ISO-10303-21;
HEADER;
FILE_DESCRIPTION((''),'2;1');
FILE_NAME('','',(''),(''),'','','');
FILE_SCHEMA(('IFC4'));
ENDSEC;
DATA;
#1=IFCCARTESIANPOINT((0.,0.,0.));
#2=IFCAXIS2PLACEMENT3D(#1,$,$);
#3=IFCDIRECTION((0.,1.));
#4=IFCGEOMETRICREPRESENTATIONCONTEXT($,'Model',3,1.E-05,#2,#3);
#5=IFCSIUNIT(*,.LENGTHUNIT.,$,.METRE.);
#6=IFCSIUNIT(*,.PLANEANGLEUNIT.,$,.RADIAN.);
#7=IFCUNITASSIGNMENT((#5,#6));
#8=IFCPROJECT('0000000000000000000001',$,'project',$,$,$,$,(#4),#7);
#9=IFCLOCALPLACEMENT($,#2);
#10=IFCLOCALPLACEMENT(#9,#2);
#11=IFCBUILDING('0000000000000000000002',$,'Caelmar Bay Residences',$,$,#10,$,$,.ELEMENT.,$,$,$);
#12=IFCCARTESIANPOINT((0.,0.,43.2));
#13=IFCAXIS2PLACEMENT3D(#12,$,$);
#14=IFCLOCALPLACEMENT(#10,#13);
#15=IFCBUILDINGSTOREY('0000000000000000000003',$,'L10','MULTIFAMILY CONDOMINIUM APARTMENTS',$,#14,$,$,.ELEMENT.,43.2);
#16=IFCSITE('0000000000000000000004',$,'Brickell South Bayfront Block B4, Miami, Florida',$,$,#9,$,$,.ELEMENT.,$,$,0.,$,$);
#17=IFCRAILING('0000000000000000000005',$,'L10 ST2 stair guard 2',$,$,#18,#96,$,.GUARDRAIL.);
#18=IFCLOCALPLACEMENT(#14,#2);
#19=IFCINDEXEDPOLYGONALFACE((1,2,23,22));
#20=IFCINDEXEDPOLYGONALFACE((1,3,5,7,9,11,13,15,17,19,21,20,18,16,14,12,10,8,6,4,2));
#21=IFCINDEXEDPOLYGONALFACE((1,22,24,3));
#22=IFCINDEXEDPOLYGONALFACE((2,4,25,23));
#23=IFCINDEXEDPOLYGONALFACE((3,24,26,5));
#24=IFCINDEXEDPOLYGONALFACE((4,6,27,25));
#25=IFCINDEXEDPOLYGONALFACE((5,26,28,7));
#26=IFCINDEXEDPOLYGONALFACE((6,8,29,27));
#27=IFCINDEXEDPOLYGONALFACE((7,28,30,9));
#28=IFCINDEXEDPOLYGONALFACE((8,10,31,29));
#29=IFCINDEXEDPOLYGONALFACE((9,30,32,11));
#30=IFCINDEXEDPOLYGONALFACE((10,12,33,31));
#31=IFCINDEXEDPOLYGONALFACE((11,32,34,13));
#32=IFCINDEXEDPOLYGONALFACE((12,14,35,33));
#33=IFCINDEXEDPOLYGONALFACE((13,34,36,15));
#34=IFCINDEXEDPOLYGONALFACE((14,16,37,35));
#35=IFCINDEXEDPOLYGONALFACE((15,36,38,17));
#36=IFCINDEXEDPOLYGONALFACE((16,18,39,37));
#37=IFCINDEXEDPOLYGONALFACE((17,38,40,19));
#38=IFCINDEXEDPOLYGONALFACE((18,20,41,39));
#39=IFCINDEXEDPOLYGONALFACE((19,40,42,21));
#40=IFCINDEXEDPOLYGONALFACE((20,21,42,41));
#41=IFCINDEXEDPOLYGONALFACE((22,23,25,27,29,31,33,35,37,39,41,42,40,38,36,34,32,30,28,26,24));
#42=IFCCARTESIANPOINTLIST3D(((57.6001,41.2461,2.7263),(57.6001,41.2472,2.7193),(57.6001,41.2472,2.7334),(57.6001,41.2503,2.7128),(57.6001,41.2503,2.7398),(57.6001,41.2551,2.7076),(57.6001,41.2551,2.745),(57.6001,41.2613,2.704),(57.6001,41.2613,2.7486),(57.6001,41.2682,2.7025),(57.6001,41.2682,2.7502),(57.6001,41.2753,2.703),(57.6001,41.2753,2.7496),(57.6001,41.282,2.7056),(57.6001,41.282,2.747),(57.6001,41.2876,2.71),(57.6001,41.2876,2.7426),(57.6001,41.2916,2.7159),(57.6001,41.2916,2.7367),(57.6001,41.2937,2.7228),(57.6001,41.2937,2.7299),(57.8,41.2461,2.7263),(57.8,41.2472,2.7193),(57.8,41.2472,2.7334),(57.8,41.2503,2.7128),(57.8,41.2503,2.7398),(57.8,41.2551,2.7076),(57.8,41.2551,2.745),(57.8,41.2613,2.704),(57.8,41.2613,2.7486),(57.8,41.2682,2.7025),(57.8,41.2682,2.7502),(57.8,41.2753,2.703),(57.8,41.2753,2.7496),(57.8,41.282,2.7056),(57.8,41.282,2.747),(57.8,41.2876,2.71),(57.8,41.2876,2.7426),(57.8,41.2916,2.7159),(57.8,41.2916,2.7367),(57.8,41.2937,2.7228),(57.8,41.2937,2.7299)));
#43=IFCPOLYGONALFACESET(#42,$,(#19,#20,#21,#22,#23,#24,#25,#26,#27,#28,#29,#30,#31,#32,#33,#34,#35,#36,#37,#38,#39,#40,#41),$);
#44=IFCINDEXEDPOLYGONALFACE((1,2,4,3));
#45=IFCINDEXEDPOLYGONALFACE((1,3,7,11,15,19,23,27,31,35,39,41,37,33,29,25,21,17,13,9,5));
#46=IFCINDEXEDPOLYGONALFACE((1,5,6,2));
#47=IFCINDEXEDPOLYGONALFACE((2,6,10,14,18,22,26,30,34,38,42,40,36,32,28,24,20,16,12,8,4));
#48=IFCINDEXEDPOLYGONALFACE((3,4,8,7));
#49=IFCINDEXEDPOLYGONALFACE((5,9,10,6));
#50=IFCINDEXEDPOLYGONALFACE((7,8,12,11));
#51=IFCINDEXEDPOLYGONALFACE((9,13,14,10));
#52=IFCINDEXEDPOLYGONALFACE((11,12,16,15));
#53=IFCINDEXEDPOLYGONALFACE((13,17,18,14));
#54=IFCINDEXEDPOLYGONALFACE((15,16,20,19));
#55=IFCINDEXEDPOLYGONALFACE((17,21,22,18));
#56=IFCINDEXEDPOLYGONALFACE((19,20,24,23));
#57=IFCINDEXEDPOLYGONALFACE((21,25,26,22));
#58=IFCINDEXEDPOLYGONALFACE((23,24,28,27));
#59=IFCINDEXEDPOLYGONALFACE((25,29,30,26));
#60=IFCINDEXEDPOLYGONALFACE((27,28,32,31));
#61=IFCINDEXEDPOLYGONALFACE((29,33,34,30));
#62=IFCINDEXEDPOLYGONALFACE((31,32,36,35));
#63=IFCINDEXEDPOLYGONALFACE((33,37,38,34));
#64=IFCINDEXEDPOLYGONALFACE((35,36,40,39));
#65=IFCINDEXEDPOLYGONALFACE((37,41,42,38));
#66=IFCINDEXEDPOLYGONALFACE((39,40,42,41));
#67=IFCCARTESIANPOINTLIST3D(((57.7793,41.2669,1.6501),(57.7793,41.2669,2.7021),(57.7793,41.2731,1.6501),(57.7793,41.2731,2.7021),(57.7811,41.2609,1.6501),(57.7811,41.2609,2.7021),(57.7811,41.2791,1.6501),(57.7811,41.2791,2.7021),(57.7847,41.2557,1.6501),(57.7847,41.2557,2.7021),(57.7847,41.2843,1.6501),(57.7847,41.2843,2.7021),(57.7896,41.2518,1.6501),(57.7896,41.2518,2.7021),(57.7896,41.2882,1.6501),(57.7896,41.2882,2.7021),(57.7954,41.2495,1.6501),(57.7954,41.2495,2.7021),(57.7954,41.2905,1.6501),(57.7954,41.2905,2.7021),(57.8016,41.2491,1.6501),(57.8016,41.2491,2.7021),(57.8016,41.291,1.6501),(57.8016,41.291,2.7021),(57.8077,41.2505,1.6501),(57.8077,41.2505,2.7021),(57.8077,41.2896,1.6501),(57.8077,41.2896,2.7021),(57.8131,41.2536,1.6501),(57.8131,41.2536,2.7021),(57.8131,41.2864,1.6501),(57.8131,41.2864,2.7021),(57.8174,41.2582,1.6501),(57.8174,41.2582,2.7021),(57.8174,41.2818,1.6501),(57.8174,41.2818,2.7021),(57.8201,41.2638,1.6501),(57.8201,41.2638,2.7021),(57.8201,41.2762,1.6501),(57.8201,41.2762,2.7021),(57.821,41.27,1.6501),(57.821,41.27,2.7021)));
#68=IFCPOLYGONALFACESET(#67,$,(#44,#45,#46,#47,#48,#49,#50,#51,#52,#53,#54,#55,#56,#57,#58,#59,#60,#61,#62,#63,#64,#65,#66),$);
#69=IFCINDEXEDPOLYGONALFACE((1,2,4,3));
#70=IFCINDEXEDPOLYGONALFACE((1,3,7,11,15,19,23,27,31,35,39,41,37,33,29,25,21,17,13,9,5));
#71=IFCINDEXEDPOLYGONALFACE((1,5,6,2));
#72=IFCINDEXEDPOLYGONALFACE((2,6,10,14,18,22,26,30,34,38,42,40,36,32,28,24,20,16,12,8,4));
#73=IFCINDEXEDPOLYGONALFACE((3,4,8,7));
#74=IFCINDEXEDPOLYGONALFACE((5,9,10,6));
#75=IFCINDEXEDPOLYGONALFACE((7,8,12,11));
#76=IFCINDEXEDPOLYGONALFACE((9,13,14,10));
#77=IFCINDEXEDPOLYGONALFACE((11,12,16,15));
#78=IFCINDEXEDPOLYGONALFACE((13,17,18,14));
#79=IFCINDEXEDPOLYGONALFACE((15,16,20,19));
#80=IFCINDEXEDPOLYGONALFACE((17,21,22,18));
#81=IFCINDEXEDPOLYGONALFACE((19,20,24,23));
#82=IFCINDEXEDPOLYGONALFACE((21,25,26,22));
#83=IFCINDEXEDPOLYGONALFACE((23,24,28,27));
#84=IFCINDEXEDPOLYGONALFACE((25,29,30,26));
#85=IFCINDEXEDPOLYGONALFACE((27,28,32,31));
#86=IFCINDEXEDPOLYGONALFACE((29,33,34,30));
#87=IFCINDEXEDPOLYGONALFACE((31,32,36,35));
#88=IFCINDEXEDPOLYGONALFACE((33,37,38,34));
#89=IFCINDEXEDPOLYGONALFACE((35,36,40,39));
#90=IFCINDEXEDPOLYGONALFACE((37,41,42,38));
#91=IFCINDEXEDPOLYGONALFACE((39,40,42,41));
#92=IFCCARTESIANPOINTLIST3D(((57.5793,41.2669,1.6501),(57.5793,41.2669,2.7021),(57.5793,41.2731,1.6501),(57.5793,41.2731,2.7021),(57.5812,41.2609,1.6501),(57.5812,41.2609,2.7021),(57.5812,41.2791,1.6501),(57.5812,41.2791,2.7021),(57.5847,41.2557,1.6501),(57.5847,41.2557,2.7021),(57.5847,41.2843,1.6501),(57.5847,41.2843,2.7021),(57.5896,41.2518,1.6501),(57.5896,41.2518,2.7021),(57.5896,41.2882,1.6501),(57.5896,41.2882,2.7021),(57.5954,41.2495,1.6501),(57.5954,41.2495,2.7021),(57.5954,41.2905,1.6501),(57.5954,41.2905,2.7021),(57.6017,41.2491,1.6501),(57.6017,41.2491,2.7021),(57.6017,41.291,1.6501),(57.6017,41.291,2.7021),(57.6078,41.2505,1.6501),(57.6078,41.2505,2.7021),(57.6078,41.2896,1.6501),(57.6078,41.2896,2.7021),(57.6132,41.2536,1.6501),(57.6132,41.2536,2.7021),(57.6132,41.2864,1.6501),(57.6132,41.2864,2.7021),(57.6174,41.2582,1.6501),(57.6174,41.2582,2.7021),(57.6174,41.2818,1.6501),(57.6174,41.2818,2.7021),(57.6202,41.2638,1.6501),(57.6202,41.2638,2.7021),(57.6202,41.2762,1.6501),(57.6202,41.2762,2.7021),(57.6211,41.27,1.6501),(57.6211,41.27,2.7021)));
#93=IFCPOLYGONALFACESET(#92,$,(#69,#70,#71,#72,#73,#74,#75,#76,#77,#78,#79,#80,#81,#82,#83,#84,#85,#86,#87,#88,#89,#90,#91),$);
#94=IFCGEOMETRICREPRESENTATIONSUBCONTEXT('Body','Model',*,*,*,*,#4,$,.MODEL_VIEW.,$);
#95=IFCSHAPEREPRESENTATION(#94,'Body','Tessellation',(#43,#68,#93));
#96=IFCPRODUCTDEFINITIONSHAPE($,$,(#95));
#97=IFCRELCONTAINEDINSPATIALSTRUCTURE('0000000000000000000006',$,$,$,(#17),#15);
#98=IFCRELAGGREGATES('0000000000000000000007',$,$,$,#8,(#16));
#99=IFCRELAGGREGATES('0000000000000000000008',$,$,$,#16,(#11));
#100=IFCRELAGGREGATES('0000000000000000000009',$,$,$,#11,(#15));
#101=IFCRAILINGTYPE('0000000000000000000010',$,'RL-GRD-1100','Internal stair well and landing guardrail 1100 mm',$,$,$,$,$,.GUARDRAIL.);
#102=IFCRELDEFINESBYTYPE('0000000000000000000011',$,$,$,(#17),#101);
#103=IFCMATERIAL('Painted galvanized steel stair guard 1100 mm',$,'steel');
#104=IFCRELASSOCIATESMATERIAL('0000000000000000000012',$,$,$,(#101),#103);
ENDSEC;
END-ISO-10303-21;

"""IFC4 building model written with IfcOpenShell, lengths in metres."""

from ifc_helpers import new_model, si_unit, direction, frame, origin, origin_2d, place, context, subcontext, project, spatial, circle, extrude, material, type_object, element, save


model = new_model("IFC4")

# Units and contexts
model_context = context("Model", 3, precision=1e-05, world=origin(), true_north=direction((0.0, 1.0)))
body_context = subcontext(model_context, "Body", "Model", "MODEL_VIEW")
ifc_project = project(units=[si_unit("LENGTHUNIT", "METRE"), si_unit("PLANEANGLEUNIT", "RADIAN")], contexts=[model_context])

# Site, building, storey
site_placement = place(None, origin())
site = spatial("IfcSite", under=ifc_project, at=site_placement, Name="Brickell South Bayfront Block B4, Miami, Florida", CompositionType="ELEMENT", RefElevation=0.0)
building_placement = place(site_placement, origin())
building = spatial("IfcBuilding", under=site, at=building_placement, Name="Caelmar Bay Residences", CompositionType="ELEMENT")
storey_placement = place(building_placement, frame((0.0, 0.0, 43.2)))
storey = spatial("IfcBuildingStorey", under=building, at=storey_placement, Name="L10", Description="MULTIFAMILY CONDOMINIUM APARTMENTS", CompositionType="ELEMENT", Elevation=43.2)

# Railing
ifc_material_1 = material(Name="Painted galvanized steel stair guard 1100 mm", Category="steel")
railing_type_1 = type_object("IfcRailingType", Name="RL-GRD-1100", Description="Internal stair well and landing guardrail 1100 mm", PredefinedType="GUARDRAIL", material=ifc_material_1)
railing_1_placement = place(storey_placement, frame((57.8, 41.27, 1.6501)))
element("IfcRailing", 1, at=railing_1_placement, inside=storey, type_object=railing_type_1, Name="L10 ST2 stair guard 2", PredefinedType="GUARDRAIL", context=body_context, shape_type="SweptSolid", body=[
    extrude(circle(Radius=0.0239, at=origin_2d()), frame((0.0, 0.0, 1.0762), z_axis=(-1.0, 0.0, 0.0), x_axis=(0.0, -1.0, 0.0)), (0.0, 0.0, 1.0), 0.2),
    extrude(circle(Radius=0.021, at=origin_2d()), origin(), (0.0, 0.0, 1.0), 1.052),
    extrude(circle(Radius=0.021, at=origin_2d()), frame((-0.2, 0.0, 0.0)), (0.0, 0.0, 1.0), 1.052),
])

save(model, "model.ifc")
